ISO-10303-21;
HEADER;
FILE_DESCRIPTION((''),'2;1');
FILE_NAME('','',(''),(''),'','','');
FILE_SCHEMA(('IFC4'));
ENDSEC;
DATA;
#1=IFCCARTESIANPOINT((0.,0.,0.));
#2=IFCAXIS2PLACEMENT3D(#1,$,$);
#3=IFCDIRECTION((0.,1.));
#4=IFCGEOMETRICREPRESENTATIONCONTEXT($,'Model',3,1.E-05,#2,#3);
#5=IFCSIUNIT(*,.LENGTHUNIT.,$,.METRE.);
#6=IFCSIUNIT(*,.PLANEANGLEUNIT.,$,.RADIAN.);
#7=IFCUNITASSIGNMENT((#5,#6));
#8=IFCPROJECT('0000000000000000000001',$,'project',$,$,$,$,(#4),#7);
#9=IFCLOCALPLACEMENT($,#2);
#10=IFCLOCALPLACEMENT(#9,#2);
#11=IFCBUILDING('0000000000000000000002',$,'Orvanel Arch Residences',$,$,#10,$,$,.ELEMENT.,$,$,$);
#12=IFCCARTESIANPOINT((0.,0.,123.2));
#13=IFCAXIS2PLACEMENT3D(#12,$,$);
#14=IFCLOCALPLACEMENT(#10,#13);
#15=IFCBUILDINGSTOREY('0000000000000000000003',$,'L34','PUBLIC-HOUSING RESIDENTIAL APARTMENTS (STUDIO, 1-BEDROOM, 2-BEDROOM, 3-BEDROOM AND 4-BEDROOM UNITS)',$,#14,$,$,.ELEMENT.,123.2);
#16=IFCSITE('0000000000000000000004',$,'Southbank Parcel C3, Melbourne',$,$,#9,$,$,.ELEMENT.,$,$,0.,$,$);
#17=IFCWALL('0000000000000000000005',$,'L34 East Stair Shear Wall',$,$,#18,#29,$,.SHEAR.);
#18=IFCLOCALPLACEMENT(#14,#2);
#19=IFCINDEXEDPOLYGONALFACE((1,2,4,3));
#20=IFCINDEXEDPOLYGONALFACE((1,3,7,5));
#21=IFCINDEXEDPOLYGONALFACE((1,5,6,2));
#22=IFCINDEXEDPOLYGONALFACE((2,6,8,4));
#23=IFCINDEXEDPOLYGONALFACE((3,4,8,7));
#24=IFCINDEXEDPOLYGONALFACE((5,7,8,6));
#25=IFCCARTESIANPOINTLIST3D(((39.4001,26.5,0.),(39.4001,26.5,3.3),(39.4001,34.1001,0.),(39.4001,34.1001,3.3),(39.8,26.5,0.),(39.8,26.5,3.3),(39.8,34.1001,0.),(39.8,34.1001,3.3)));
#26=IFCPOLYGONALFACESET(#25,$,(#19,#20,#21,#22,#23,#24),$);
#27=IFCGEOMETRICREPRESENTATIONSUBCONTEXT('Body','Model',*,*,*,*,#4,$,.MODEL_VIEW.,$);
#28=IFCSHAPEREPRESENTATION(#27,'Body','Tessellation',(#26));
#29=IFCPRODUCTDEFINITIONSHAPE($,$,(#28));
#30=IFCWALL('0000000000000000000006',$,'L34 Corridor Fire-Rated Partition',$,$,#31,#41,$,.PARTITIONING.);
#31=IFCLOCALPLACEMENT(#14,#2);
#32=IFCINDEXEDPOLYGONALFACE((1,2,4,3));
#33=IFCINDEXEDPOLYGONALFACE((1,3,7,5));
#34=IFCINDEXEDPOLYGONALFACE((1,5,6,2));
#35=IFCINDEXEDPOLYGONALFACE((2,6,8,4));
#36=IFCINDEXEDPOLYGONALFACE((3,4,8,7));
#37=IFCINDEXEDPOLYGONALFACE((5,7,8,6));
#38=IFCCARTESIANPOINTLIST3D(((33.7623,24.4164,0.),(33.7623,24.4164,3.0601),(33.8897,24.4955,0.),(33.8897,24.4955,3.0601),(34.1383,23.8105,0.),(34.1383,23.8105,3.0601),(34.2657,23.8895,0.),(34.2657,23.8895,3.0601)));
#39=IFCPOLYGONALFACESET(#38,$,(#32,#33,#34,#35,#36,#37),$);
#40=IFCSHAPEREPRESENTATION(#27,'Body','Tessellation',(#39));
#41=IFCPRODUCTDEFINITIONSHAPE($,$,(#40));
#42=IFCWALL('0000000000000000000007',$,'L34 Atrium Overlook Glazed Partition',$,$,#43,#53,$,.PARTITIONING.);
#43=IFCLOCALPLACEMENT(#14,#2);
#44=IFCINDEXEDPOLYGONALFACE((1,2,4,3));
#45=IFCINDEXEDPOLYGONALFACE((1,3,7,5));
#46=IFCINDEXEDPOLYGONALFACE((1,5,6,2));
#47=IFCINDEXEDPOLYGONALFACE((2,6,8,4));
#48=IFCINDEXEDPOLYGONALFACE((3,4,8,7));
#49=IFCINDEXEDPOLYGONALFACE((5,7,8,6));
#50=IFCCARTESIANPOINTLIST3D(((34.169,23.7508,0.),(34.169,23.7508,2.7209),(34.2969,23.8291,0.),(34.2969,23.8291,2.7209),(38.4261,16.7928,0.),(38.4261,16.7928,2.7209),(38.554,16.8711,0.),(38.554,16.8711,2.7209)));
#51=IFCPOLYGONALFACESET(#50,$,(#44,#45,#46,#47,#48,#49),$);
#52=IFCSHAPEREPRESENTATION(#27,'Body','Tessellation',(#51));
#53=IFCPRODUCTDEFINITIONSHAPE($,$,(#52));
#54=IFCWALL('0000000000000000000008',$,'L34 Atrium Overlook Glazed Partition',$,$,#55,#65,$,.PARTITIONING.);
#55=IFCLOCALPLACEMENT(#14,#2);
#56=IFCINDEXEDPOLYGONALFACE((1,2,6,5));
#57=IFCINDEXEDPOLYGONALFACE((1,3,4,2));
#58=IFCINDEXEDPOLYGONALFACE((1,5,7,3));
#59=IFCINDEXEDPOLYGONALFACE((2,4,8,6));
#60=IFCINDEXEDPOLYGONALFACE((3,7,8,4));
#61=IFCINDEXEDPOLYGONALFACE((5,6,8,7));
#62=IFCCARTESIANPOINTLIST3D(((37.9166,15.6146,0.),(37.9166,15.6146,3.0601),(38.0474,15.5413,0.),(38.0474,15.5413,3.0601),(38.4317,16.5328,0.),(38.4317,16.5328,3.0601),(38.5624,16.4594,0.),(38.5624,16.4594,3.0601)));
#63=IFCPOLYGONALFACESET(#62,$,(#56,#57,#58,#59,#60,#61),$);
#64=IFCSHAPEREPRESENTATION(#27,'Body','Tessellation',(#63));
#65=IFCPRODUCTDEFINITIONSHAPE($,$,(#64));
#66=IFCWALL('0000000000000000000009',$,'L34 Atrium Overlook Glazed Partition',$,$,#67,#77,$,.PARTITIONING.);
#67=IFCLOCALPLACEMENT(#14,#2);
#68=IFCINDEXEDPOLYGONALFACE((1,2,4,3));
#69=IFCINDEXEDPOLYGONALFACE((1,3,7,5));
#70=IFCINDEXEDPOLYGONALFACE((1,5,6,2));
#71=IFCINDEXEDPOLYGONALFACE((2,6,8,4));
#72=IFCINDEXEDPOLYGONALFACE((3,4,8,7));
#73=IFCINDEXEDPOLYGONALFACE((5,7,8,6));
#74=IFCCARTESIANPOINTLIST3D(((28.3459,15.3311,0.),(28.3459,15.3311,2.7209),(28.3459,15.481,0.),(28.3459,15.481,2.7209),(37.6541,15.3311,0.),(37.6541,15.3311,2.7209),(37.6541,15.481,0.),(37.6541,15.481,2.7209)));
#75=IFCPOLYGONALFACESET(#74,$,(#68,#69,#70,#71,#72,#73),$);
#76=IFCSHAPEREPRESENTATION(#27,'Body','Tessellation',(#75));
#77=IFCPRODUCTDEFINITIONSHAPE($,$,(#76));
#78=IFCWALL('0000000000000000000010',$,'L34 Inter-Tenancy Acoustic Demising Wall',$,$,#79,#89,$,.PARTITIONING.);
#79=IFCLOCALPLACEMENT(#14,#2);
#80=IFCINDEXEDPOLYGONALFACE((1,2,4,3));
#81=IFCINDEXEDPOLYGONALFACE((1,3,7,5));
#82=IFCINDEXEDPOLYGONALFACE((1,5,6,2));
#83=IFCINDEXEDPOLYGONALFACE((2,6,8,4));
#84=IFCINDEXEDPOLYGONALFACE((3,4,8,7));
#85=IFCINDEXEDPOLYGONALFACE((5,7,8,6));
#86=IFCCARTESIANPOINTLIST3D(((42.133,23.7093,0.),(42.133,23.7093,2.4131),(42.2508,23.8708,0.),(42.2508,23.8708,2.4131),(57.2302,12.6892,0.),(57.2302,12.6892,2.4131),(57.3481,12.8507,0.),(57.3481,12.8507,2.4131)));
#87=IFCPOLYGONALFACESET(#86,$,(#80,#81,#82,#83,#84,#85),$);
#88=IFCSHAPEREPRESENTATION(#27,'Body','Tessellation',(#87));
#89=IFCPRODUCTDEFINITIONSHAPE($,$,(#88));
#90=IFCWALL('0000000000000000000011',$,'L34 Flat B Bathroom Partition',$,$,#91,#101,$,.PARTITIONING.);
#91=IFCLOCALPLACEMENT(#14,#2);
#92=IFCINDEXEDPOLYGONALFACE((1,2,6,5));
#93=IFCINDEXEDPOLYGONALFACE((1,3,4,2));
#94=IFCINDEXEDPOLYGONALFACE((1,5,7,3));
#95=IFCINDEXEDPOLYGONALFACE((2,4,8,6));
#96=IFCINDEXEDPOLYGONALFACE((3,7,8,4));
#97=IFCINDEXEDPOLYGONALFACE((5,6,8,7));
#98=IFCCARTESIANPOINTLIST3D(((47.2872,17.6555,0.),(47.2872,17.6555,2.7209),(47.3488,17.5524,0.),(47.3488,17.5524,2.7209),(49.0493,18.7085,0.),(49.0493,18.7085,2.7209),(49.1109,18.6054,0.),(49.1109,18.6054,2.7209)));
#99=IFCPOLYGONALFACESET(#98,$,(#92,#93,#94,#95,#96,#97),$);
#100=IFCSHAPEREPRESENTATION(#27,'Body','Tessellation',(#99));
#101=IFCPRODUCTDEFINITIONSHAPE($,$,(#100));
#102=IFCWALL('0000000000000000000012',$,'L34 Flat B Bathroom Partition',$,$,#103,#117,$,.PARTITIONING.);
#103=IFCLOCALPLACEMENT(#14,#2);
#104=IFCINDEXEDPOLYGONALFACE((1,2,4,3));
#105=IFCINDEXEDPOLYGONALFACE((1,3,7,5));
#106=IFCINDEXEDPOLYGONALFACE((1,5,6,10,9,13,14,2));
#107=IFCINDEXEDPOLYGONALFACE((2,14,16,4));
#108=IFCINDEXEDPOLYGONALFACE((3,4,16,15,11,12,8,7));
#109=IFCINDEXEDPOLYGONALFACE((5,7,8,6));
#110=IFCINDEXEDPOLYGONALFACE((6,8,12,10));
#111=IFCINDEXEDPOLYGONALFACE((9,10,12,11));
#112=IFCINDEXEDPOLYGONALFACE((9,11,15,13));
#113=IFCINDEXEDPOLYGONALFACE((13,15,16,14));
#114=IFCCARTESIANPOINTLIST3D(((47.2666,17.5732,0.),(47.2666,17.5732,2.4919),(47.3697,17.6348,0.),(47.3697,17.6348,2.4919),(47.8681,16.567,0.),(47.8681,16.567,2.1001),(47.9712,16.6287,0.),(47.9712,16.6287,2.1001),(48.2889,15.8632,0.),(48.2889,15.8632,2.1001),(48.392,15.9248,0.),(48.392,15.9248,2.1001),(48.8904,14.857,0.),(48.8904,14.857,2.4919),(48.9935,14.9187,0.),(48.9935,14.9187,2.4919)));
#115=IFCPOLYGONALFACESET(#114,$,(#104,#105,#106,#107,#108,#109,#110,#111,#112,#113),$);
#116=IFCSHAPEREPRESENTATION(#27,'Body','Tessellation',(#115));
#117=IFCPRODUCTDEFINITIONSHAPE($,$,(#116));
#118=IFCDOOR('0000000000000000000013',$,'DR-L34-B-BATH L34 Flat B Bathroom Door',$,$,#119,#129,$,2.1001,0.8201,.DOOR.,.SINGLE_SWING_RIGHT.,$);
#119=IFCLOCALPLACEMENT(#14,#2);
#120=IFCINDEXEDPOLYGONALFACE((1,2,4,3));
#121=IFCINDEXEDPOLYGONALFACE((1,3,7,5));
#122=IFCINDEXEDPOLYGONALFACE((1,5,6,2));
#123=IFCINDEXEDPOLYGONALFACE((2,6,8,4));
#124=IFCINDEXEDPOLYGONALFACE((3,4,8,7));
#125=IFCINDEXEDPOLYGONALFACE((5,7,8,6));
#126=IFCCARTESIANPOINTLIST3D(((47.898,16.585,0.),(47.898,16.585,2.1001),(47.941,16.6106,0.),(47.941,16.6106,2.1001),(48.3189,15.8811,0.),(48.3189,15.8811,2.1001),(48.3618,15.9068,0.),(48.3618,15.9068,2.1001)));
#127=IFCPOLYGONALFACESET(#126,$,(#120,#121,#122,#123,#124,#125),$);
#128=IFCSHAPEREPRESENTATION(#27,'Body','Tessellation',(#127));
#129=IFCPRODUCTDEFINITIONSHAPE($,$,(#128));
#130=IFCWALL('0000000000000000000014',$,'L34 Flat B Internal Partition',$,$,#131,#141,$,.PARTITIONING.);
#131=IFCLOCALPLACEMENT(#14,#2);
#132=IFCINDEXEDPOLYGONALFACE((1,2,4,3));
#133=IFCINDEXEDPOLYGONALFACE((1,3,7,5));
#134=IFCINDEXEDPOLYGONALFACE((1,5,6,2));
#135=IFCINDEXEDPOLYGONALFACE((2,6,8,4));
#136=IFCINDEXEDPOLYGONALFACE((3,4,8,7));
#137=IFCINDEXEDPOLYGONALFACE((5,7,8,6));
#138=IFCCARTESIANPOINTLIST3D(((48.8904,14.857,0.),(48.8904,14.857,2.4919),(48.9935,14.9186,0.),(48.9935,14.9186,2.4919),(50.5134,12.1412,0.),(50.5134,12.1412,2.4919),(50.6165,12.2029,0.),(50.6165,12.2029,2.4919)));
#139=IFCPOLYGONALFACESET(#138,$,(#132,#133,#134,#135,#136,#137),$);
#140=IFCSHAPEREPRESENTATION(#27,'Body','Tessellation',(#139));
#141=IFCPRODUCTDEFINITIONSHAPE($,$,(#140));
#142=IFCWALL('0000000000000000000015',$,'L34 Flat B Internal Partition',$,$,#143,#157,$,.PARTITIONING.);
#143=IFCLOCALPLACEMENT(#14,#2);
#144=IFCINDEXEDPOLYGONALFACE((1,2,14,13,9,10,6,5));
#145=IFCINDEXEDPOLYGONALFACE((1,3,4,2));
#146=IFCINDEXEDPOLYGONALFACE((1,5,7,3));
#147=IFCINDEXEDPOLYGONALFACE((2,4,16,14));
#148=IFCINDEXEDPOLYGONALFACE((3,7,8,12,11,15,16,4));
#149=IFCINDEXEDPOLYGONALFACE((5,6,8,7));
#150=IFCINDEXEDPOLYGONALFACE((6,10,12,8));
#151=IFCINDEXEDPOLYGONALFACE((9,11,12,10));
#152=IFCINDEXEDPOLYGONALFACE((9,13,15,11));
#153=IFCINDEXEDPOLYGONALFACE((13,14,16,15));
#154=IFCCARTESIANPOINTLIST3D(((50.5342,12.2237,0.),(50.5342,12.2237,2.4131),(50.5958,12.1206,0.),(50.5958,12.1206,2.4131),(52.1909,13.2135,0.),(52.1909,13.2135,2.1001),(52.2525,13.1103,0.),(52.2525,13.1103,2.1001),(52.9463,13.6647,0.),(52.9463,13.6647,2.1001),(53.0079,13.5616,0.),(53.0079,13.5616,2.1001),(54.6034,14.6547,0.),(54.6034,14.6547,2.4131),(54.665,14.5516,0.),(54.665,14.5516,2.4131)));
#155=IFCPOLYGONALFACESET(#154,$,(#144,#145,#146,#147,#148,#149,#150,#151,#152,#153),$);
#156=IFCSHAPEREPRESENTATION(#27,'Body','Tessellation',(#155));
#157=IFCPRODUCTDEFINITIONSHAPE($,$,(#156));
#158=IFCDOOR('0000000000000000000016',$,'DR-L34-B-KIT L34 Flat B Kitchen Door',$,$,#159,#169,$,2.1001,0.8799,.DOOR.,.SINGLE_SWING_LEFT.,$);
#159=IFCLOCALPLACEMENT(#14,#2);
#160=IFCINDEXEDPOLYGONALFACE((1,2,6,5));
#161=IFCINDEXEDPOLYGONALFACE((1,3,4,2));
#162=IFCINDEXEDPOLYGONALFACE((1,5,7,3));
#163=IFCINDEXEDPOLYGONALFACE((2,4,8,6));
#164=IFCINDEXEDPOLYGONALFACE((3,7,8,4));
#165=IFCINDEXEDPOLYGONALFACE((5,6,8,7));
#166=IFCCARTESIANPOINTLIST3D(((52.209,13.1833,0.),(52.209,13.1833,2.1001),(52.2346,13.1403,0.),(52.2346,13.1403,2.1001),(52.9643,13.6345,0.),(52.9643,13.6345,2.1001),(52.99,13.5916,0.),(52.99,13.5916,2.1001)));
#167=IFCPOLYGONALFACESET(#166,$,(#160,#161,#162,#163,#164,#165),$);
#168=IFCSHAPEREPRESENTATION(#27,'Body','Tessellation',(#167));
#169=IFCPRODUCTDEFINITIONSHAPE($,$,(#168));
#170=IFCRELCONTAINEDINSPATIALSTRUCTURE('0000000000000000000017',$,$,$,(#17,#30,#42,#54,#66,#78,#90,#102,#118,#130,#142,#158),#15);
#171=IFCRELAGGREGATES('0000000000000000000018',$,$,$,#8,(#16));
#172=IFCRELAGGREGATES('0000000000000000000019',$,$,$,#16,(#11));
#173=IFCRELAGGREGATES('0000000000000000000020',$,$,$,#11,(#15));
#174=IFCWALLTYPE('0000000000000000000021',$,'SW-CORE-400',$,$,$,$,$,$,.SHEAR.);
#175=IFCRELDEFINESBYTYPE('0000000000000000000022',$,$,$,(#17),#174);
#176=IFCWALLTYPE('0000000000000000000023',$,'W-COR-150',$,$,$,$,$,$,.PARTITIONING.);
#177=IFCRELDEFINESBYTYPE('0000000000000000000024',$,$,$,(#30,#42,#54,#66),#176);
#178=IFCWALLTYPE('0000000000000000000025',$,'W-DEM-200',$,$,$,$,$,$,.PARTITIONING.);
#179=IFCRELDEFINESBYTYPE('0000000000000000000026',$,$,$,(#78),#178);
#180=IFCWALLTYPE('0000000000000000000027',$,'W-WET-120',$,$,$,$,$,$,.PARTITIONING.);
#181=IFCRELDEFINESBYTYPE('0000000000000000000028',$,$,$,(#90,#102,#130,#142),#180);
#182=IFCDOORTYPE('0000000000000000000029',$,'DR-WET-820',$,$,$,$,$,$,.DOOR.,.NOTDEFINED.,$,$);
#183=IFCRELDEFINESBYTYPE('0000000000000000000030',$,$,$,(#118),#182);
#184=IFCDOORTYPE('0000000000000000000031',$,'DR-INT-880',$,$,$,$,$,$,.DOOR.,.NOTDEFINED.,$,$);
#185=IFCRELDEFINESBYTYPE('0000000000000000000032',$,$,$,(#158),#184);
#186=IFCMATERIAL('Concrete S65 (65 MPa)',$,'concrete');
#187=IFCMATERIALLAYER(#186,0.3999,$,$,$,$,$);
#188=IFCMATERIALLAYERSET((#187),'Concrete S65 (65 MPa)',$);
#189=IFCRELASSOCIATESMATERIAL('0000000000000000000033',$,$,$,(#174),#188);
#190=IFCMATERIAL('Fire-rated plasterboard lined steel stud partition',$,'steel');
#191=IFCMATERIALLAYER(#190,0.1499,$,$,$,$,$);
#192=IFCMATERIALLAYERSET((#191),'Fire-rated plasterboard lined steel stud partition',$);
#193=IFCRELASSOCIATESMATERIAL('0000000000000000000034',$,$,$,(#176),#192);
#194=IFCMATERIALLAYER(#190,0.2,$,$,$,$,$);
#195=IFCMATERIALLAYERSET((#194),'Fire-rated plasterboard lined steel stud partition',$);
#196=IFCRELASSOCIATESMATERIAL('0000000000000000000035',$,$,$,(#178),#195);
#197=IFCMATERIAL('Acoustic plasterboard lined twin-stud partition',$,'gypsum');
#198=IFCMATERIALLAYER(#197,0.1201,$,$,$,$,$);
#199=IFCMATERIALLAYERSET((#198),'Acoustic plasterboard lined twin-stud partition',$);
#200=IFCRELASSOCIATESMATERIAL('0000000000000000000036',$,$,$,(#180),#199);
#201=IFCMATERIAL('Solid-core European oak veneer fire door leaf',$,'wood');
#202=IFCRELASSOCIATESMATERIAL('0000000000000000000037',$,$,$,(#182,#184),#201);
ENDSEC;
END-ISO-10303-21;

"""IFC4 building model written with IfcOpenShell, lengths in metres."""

from ifc_helpers import new_model, si_unit, direction, frame, frame_2d, origin, place, context, subcontext, project, spatial, rectangle, extrude, material, layer, layer_set, type_object, element, fill, save


model = new_model("IFC4")

# Units and contexts
model_context = context("Model", 3, precision=1e-05, world=origin(), true_north=direction((0.0, 1.0)))
body_context = subcontext(model_context, "Body", "Model", "MODEL_VIEW")
ifc_project = project(units=[si_unit("LENGTHUNIT", "METRE"), si_unit("PLANEANGLEUNIT", "RADIAN")], contexts=[model_context])

# Site, building, storey
site_placement = place(None, origin())
site = spatial("IfcSite", under=ifc_project, at=site_placement, Name="Southbank Parcel C3, Melbourne", CompositionType="ELEMENT", RefElevation=0.0)
building_placement = place(site_placement, origin())
building = spatial("IfcBuilding", under=site, at=building_placement, Name="Orvanel Arch Residences", CompositionType="ELEMENT")
storey_placement = place(building_placement, frame((0.0, 0.0, 123.2)))
storey = spatial("IfcBuildingStorey", under=building, at=storey_placement, Name="L34", Description="PUBLIC-HOUSING RESIDENTIAL APARTMENTS (STUDIO, 1-BEDROOM, 2-BEDROOM, 3-BEDROOM AND 4-BEDROOM UNITS)", CompositionType="ELEMENT", Elevation=123.2)

# Shared definitions
ifc_material_1 = material(Name="Concrete S65 (65 MPa)", Category="concrete")

# Wall
ifc_layer_1 = layer(ifc_material_1, 0.3999)
ifc_layer_set_1 = layer_set([ifc_layer_1], Name="Concrete S65 (65 MPa)")
wall_type_1 = type_object("IfcWallType", Name="SW-CORE-400", PredefinedType="SHEAR", material=ifc_layer_set_1)
wall_1_placement = place(storey_placement, frame((39.6001, 26.5, 0.0), z_axis=(0.0, 0.0, 1.0), x_axis=(0.0, 1.0, 0.0)))
element("IfcWall", 1, at=wall_1_placement, inside=storey, type_object=wall_type_1, Name="L34 East Stair Shear Wall", PredefinedType="SHEAR", context=body_context, shape_type="SweptSolid", body=[
    extrude(rectangle(XDim=7.6001, YDim=0.3999, at=frame_2d((3.8, 0.0))), origin(), (0.0, 0.0, 1.0), 3.3),
])

# Shared definitions
ifc_material_2 = material(Name="Fire-rated plasterboard lined steel stud partition", Category="steel")
ifc_layer_2 = layer(ifc_material_2, 0.1499)
ifc_layer_set_2 = layer_set([ifc_layer_2], Name="Fire-rated plasterboard lined steel stud partition")
wall_type_2 = type_object("IfcWallType", Name="W-COR-150", PredefinedType="PARTITIONING", material=ifc_layer_set_2)
ifc_material_3 = material(Name="Solid-core European oak veneer fire door leaf", Category="wood")

# Walls
wall_2_placement = place(storey_placement, frame((34.2019, 23.8501, 0.0), z_axis=(0.0, 0.0, 1.0), x_axis=(-0.527227, 0.849725, 0.0)))
element("IfcWall", 2, at=wall_2_placement, inside=storey, type_object=wall_type_2, Name="L34 Corridor Fire-Rated Partition", PredefinedType="PARTITIONING", context=body_context, shape_type="SweptSolid", body=[
    extrude(rectangle(XDim=0.7131, YDim=0.1499, at=frame_2d((0.3564, 0.0))), origin(), (0.0, 0.0, 1.0), 3.0601),
])
wall_3_placement = place(storey_placement, frame((34.2329, 23.79, 0.0), z_axis=(0.0, 0.0, 1.0), x_axis=(0.521893, -0.853011, 0.0)))
element("IfcWall", 3, at=wall_3_placement, inside=storey, type_object=wall_type_2, Name="L34 Atrium Overlook Glazed Partition", PredefinedType="PARTITIONING", context=body_context, shape_type="SweptSolid", body=[
    extrude(rectangle(XDim=8.157, YDim=0.1499, at=frame_2d((4.0786, 0.0))), origin(), (0.0, 0.0, 1.0), 2.7209),
])
wall_4_placement = place(storey_placement, frame((38.4971, 16.4961, 0.0), z_axis=(0.0, 0.0, 1.0), x_axis=(-0.489281, -0.872126, 0.0)))
element("IfcWall", 4, at=wall_4_placement, inside=storey, type_object=wall_type_2, Name="L34 Atrium Overlook Glazed Partition", PredefinedType="PARTITIONING", context=body_context, shape_type="SweptSolid", body=[
    extrude(rectangle(XDim=1.0527, YDim=0.1499, at=frame_2d((0.5264, 0.0))), origin(), (0.0, 0.0, 1.0), 3.0601),
])
wall_5_placement = place(storey_placement, frame((37.6541, 15.406, 0.0), z_axis=(0.0, 0.0, 1.0), x_axis=(-1.0, 0.0, 0.0)))
element("IfcWall", 5, at=wall_5_placement, inside=storey, type_object=wall_type_2, Name="L34 Atrium Overlook Glazed Partition", PredefinedType="PARTITIONING", context=body_context, shape_type="SweptSolid", body=[
    extrude(rectangle(XDim=9.3081, YDim=0.1499, at=frame_2d((4.6541, 0.0))), origin(), (0.0, 0.0, 1.0), 2.7209),
])
ifc_layer_3 = layer(ifc_material_2, 0.2)
ifc_layer_set_3 = layer_set([ifc_layer_3], Name="Fire-rated plasterboard lined steel stud partition")
wall_type_3 = type_object("IfcWallType", Name="W-DEM-200", PredefinedType="PARTITIONING", material=ifc_layer_set_3)
wall_6_placement = place(storey_placement, frame((42.1919, 23.79, 0.0), z_axis=(0.0, 0.0, 1.0), x_axis=(0.80771, -0.58958, 0.0)))
element("IfcWall", 6, at=wall_6_placement, inside=storey, type_object=wall_type_3, Name="L34 Inter-Tenancy Acoustic Demising Wall", PredefinedType="PARTITIONING", context=body_context, shape_type="SweptSolid", body=[
    extrude(rectangle(XDim=18.6914, YDim=0.2, at=frame_2d((9.3457, 0.0))), origin(), (0.0, 0.0, 1.0), 2.4131),
])
ifc_material_4 = material(Name="Acoustic plasterboard lined twin-stud partition", Category="gypsum")
ifc_layer_4 = layer(ifc_material_4, 0.1201)
ifc_layer_set_4 = layer_set([ifc_layer_4], Name="Acoustic plasterboard lined twin-stud partition")
wall_type_4 = type_object("IfcWallType", Name="W-WET-120", PredefinedType="PARTITIONING", material=ifc_layer_set_4)
wall_7_placement = place(storey_placement, frame((49.0801, 18.657, 0.0), z_axis=(0.0, 0.0, 1.0), x_axis=(-0.858394, -0.512991, 0.0)))
element("IfcWall", 7, at=wall_7_placement, inside=storey, type_object=wall_type_4, Name="L34 Flat B Bathroom Partition", PredefinedType="PARTITIONING", context=body_context, shape_type="SweptSolid", body=[
    extrude(rectangle(XDim=2.0527, YDim=0.1201, at=frame_2d((1.0264, 0.0))), origin(), (0.0, 0.0, 1.0), 2.7209),
])

# Wall, opening, door
wall_8_placement = place(storey_placement, frame((47.3181, 17.604, 0.0), z_axis=(0.0, 0.0, 1.0), x_axis=(0.513134, -0.858309, 0.0)))
wall_8 = element("IfcWall", 8, at=wall_8_placement, inside=storey, type_object=wall_type_4, Name="L34 Flat B Bathroom Partition", PredefinedType="PARTITIONING", context=body_context, shape_type="SweptSolid", body=[
    extrude(rectangle(XDim=3.1646, YDim=0.1201, at=frame_2d((1.5823, 0.0))), origin(), (0.0, 0.0, 1.0), 2.4919),
])
opening_1_placement = place(wall_8_placement, frame((1.1721, 0.0, 0.0)))
opening_1 = element("IfcOpeningElement", 9, at=opening_1_placement, cuts=wall_8, PredefinedType="OPENING", context=body_context, shape_type="SweptSolid", body=[
    extrude(rectangle(XDim=0.8201, YDim=2.1001, at=frame_2d((0.4102, 1.05))), frame((0.0, 0.0701, 0.0), z_axis=(0.0, -1.0, 0.0), x_axis=(1.0, 0.0, 0.0)), (0.0, 0.0, 1.0), 0.1401),
])
door_type_1 = type_object("IfcDoorType", Name="DR-WET-820", OperationType="NOTDEFINED", PredefinedType="DOOR", material=ifc_material_3)
door_1_placement = place(opening_1_placement, origin())
door_1 = element("IfcDoor", 10, at=door_1_placement, inside=storey, type_object=door_type_1, Name="DR-L34-B-BATH L34 Flat B Bathroom Door", OperationType="SINGLE_SWING_RIGHT", OverallHeight=2.1001, OverallWidth=0.8201, PredefinedType="DOOR", context=body_context, shape_type="SweptSolid", body=[
    extrude(rectangle(XDim=0.8201, YDim=2.1001, at=frame_2d((0.4102, 1.05))), frame((0.0, 0.0249, 0.0), z_axis=(0.0, -1.0, 0.0), x_axis=(1.0, 0.0, 0.0)), (0.0, 0.0, 1.0), 0.05),
])
fill(opening_1, door_1)

# Wall
wall_9_placement = place(storey_placement, frame((48.9419, 14.8879, 0.0), z_axis=(0.0, 0.0, 1.0), x_axis=(0.512997, -0.85839, 0.0)))
element("IfcWall", 11, at=wall_9_placement, inside=storey, type_object=wall_type_4, Name="L34 Flat B Internal Partition", PredefinedType="PARTITIONING", context=body_context, shape_type="SweptSolid", body=[
    extrude(rectangle(XDim=3.1638, YDim=0.1201, at=frame_2d((1.582, 0.0))), origin(), (0.0, 0.0, 1.0), 2.4919),
])

# Wall, opening, door
wall_10_placement = place(storey_placement, frame((50.5649, 12.1721, 0.0), z_axis=(0.0, 0.0, 1.0), x_axis=(0.858473, 0.512859, 0.0)))
wall_10 = element("IfcWall", 12, at=wall_10_placement, inside=storey, type_object=wall_type_4, Name="L34 Flat B Internal Partition", PredefinedType="PARTITIONING", context=body_context, shape_type="SweptSolid", body=[
    extrude(rectangle(XDim=4.74, YDim=0.1201, at=frame_2d((2.3701, 0.0))), origin(), (0.0, 0.0, 1.0), 2.4131),
])
opening_2_placement = place(wall_10_placement, frame((1.9299, 0.0, 0.0)))
opening_2 = element("IfcOpeningElement", 13, at=opening_2_placement, cuts=wall_10, PredefinedType="OPENING", context=body_context, shape_type="SweptSolid", body=[
    extrude(rectangle(XDim=0.8799, YDim=2.1001, at=frame_2d((0.4399, 1.05))), frame((0.0, 0.0701, 0.0), z_axis=(0.0, -1.0, 0.0), x_axis=(1.0, 0.0, 0.0)), (0.0, 0.0, 1.0), 0.1401),
])
door_type_2 = type_object("IfcDoorType", Name="DR-INT-880", OperationType="NOTDEFINED", PredefinedType="DOOR", material=ifc_material_3)
door_2_placement = place(opening_2_placement, origin())
door_2 = element("IfcDoor", 14, at=door_2_placement, inside=storey, type_object=door_type_2, Name="DR-L34-B-KIT L34 Flat B Kitchen Door", OperationType="SINGLE_SWING_LEFT", OverallHeight=2.1001, OverallWidth=0.8799, PredefinedType="DOOR", context=body_context, shape_type="SweptSolid", body=[
    extrude(rectangle(XDim=0.8799, YDim=2.1001, at=frame_2d((0.4399, 1.05))), frame((0.0, 0.0249, 0.0), z_axis=(0.0, -1.0, 0.0), x_axis=(1.0, 0.0, 0.0)), (0.0, 0.0, 1.0), 0.05),
])
fill(opening_2, door_2)

save(model, "model.ifc")
